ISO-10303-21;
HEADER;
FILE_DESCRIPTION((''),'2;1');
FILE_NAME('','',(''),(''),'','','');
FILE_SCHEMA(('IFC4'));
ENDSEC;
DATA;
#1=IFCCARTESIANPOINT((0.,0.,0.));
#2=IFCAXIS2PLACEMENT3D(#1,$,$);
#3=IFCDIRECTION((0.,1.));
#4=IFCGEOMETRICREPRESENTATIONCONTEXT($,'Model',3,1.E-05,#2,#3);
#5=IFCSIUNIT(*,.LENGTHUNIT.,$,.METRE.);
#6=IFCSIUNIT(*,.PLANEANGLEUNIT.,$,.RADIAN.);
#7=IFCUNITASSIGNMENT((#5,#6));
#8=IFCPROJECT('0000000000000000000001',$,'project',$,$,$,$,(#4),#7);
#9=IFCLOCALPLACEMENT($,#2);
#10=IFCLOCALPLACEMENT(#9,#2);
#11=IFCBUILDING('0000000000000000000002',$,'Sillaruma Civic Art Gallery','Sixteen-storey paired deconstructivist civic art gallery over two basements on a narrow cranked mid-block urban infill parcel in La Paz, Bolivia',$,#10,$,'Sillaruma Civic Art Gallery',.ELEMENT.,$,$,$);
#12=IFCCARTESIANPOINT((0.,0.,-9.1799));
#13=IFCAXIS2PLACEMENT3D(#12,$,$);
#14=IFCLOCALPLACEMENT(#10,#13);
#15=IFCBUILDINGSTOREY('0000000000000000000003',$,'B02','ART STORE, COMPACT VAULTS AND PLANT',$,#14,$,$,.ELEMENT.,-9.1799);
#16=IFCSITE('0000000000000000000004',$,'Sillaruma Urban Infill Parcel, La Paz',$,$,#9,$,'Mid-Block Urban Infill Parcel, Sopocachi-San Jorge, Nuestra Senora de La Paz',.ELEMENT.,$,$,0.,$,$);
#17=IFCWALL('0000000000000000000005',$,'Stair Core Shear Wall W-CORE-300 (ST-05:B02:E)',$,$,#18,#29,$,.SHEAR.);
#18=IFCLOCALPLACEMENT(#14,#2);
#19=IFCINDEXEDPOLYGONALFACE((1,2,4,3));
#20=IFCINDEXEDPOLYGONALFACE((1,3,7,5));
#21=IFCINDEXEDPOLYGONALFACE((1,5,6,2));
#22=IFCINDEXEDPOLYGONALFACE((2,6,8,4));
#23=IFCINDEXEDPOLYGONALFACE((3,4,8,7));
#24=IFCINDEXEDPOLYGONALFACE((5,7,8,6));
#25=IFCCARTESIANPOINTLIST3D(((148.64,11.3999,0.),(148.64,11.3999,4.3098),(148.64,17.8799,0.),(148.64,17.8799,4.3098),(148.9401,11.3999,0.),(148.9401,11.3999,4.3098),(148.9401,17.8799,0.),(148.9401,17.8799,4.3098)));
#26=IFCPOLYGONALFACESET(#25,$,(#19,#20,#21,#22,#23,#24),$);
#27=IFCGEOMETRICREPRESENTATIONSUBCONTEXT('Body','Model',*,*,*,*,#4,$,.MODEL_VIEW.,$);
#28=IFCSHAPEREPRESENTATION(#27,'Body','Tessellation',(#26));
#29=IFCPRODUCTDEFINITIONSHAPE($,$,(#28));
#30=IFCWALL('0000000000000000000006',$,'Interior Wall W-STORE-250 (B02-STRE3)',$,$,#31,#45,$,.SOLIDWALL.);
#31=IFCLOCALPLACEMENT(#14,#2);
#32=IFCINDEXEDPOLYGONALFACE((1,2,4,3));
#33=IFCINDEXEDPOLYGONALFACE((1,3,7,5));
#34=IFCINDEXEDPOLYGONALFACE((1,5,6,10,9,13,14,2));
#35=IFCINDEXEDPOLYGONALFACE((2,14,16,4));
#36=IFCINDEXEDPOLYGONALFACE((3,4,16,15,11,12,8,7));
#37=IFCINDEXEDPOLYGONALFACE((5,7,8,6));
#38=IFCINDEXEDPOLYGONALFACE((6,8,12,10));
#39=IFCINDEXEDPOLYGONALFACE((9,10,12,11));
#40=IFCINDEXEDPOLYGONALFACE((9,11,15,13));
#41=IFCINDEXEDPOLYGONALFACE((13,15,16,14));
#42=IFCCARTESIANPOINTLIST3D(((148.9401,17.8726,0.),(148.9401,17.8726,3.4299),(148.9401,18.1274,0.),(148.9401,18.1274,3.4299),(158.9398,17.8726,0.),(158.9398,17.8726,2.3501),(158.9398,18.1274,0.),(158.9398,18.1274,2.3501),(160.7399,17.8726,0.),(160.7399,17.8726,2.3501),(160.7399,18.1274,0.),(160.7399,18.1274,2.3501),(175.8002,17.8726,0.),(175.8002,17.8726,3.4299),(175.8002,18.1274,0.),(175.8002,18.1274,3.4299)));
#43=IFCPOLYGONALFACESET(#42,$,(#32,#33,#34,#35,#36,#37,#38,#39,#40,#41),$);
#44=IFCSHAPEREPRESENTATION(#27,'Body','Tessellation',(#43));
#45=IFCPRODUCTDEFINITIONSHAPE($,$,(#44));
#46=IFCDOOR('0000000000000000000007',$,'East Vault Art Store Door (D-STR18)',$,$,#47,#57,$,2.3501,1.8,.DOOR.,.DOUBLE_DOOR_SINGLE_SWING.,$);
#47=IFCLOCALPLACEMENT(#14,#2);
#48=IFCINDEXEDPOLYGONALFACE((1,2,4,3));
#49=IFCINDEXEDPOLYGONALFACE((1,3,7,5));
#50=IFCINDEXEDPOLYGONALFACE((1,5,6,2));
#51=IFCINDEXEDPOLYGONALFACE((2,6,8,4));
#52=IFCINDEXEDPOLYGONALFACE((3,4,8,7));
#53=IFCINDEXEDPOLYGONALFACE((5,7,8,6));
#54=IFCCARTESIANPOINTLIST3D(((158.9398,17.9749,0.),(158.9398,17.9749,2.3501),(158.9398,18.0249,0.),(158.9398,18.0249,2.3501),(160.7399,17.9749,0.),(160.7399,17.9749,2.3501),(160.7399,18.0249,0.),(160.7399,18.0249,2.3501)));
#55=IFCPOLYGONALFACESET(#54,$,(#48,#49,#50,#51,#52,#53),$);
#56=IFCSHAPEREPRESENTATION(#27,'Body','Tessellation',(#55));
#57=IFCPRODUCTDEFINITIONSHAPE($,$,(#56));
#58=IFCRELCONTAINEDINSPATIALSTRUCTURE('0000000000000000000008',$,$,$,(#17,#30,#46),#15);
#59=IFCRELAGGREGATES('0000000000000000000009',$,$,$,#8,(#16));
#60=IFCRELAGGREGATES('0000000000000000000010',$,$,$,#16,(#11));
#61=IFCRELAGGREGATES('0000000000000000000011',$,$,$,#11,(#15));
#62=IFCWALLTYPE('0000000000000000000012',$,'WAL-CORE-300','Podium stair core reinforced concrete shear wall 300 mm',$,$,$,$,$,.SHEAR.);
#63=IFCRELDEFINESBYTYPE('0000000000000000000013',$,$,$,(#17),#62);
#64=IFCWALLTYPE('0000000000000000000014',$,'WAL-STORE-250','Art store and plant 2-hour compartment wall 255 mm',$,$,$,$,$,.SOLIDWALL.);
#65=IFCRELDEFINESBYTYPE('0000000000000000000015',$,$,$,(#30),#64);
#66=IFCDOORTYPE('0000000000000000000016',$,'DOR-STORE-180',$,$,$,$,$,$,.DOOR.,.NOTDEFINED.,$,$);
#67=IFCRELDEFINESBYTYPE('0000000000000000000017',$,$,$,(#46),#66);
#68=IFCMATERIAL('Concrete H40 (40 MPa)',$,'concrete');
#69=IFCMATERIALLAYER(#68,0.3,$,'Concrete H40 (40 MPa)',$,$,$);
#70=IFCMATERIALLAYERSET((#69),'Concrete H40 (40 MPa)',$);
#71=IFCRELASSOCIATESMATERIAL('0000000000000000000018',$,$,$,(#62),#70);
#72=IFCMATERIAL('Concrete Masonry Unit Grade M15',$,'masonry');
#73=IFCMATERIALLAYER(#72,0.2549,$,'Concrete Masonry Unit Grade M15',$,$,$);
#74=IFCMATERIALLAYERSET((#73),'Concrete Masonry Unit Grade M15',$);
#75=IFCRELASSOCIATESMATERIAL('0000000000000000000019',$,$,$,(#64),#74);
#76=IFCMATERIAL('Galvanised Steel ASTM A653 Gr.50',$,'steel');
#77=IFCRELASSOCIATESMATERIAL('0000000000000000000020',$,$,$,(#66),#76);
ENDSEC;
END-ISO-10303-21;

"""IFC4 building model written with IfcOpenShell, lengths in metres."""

from ifc_helpers import new_model, si_unit, direction, frame, frame_2d, origin, place, context, subcontext, project, spatial, rectangle, extrude, material, layer, layer_set, type_object, element, fill, save


model = new_model("IFC4")

# Units and contexts
model_context = context("Model", 3, precision=1e-05, world=origin(), true_north=direction((0.0, 1.0)))
body_context = subcontext(model_context, "Body", "Model", "MODEL_VIEW")
ifc_project = project(units=[si_unit("LENGTHUNIT", "METRE"), si_unit("PLANEANGLEUNIT", "RADIAN")], contexts=[model_context])

# Site, building, storey
site_placement = place(None, origin())
site = spatial("IfcSite", under=ifc_project, at=site_placement, Name="Sillaruma Urban Infill Parcel, La Paz", LongName="Mid-Block Urban Infill Parcel, Sopocachi-San Jorge, Nuestra Senora de La Paz", CompositionType="ELEMENT", RefElevation=0.0)
building_placement = place(site_placement, origin())
building = spatial("IfcBuilding", under=site, at=building_placement, Name="Sillaruma Civic Art Gallery", Description="Sixteen-storey paired deconstructivist civic art gallery over two basements on a narrow cranked mid-block urban infill parcel in La Paz, Bolivia", LongName="Sillaruma Civic Art Gallery", CompositionType="ELEMENT")
storey_placement = place(building_placement, frame((0.0, 0.0, -9.1799)))
storey = spatial("IfcBuildingStorey", under=building, at=storey_placement, Name="B02", Description="ART STORE, COMPACT VAULTS AND PLANT", CompositionType="ELEMENT", Elevation=-9.1799)

# Shared definitions
ifc_material_1 = material(Name="Concrete H40 (40 MPa)", Category="concrete")

# Shared definitions
ifc_layer_1 = layer(ifc_material_1, 0.3, Name="Concrete H40 (40 MPa)")
ifc_layer_set_1 = layer_set([ifc_layer_1], Name="Concrete H40 (40 MPa)")
wall_type_1 = type_object("IfcWallType", Name="WAL-CORE-300", Description="Podium stair core reinforced concrete shear wall 300 mm", PredefinedType="SHEAR", material=ifc_layer_set_1)

# Shared definitions
ifc_material_2 = material(Name="Galvanised Steel ASTM A653 Gr.50", Category="steel")

# Wall
wall_1_placement = place(storey_placement, frame((148.79, 11.3999, 0.0), z_axis=(0.0, 0.0, 1.0), x_axis=(0.0, 1.0, 0.0)))
element("IfcWall", 1, at=wall_1_placement, inside=storey, type_object=wall_type_1, Name="Stair Core Shear Wall W-CORE-300 (ST-05:B02:E)", PredefinedType="SHEAR", context=body_context, shape_type="SweptSolid", body=[
    extrude(rectangle(XDim=6.48, YDim=0.3, at=frame_2d((3.24, 0.0))), origin(), (0.0, 0.0, 1.0), 4.3098),
])

# Wall, opening, door
ifc_material_3 = material(Name="Concrete Masonry Unit Grade M15", Category="masonry")
ifc_layer_2 = layer(ifc_material_3, 0.2549, Name="Concrete Masonry Unit Grade M15")
ifc_layer_set_2 = layer_set([ifc_layer_2], Name="Concrete Masonry Unit Grade M15")
wall_type_2 = type_object("IfcWallType", Name="WAL-STORE-250", Description="Art store and plant 2-hour compartment wall 255 mm", PredefinedType="SOLIDWALL", material=ifc_layer_set_2)
wall_2_placement = place(storey_placement, frame((148.9399, 18.0, 0.0), z_axis=(0.0, 0.0, 1.0), x_axis=(1.0, 0.0, 0.0)))
wall_2 = element("IfcWall", 2, at=wall_2_placement, inside=storey, type_object=wall_type_2, Name="Interior Wall W-STORE-250 (B02-STRE3)", PredefinedType="SOLIDWALL", context=body_context, shape_type="SweptSolid", body=[
    extrude(rectangle(XDim=26.8601, YDim=0.2549, at=frame_2d((13.4302, 0.0))), origin(), (0.0, 0.0, 1.0), 3.4299),
])
opening_1_placement = place(wall_2_placement, frame((10.0, 0.0, 0.0)))
opening_1 = element("IfcOpeningElement", 3, at=opening_1_placement, cuts=wall_2, PredefinedType="OPENING", context=body_context, shape_type="SweptSolid", body=[
    extrude(rectangle(XDim=1.8, YDim=2.3501, at=frame_2d((0.8999, 1.175))), frame((0.0, 0.1375, 0.0), z_axis=(0.0, -1.0, 0.0), x_axis=(1.0, 0.0, 0.0)), (0.0, 0.0, 1.0), 0.2749),
])
door_type_1 = type_object("IfcDoorType", Name="DOR-STORE-180", OperationType="NOTDEFINED", PredefinedType="DOOR", material=ifc_material_2)
door_1_placement = place(opening_1_placement, origin())
door_1 = element("IfcDoor", 4, at=door_1_placement, inside=storey, type_object=door_type_1, Name="East Vault Art Store Door (D-STR18)", OperationType="DOUBLE_DOOR_SINGLE_SWING", OverallHeight=2.3501, OverallWidth=1.8, PredefinedType="DOOR", context=body_context, shape_type="SweptSolid", body=[
    extrude(rectangle(XDim=1.8, YDim=2.3501, at=frame_2d((0.8999, 1.175))), frame((0.0, 0.0249, 0.0), z_axis=(0.0, -1.0, 0.0), x_axis=(1.0, 0.0, 0.0)), (0.0, 0.0, 1.0), 0.05),
])
fill(opening_1, door_1)

save(model, "model.ifc")
